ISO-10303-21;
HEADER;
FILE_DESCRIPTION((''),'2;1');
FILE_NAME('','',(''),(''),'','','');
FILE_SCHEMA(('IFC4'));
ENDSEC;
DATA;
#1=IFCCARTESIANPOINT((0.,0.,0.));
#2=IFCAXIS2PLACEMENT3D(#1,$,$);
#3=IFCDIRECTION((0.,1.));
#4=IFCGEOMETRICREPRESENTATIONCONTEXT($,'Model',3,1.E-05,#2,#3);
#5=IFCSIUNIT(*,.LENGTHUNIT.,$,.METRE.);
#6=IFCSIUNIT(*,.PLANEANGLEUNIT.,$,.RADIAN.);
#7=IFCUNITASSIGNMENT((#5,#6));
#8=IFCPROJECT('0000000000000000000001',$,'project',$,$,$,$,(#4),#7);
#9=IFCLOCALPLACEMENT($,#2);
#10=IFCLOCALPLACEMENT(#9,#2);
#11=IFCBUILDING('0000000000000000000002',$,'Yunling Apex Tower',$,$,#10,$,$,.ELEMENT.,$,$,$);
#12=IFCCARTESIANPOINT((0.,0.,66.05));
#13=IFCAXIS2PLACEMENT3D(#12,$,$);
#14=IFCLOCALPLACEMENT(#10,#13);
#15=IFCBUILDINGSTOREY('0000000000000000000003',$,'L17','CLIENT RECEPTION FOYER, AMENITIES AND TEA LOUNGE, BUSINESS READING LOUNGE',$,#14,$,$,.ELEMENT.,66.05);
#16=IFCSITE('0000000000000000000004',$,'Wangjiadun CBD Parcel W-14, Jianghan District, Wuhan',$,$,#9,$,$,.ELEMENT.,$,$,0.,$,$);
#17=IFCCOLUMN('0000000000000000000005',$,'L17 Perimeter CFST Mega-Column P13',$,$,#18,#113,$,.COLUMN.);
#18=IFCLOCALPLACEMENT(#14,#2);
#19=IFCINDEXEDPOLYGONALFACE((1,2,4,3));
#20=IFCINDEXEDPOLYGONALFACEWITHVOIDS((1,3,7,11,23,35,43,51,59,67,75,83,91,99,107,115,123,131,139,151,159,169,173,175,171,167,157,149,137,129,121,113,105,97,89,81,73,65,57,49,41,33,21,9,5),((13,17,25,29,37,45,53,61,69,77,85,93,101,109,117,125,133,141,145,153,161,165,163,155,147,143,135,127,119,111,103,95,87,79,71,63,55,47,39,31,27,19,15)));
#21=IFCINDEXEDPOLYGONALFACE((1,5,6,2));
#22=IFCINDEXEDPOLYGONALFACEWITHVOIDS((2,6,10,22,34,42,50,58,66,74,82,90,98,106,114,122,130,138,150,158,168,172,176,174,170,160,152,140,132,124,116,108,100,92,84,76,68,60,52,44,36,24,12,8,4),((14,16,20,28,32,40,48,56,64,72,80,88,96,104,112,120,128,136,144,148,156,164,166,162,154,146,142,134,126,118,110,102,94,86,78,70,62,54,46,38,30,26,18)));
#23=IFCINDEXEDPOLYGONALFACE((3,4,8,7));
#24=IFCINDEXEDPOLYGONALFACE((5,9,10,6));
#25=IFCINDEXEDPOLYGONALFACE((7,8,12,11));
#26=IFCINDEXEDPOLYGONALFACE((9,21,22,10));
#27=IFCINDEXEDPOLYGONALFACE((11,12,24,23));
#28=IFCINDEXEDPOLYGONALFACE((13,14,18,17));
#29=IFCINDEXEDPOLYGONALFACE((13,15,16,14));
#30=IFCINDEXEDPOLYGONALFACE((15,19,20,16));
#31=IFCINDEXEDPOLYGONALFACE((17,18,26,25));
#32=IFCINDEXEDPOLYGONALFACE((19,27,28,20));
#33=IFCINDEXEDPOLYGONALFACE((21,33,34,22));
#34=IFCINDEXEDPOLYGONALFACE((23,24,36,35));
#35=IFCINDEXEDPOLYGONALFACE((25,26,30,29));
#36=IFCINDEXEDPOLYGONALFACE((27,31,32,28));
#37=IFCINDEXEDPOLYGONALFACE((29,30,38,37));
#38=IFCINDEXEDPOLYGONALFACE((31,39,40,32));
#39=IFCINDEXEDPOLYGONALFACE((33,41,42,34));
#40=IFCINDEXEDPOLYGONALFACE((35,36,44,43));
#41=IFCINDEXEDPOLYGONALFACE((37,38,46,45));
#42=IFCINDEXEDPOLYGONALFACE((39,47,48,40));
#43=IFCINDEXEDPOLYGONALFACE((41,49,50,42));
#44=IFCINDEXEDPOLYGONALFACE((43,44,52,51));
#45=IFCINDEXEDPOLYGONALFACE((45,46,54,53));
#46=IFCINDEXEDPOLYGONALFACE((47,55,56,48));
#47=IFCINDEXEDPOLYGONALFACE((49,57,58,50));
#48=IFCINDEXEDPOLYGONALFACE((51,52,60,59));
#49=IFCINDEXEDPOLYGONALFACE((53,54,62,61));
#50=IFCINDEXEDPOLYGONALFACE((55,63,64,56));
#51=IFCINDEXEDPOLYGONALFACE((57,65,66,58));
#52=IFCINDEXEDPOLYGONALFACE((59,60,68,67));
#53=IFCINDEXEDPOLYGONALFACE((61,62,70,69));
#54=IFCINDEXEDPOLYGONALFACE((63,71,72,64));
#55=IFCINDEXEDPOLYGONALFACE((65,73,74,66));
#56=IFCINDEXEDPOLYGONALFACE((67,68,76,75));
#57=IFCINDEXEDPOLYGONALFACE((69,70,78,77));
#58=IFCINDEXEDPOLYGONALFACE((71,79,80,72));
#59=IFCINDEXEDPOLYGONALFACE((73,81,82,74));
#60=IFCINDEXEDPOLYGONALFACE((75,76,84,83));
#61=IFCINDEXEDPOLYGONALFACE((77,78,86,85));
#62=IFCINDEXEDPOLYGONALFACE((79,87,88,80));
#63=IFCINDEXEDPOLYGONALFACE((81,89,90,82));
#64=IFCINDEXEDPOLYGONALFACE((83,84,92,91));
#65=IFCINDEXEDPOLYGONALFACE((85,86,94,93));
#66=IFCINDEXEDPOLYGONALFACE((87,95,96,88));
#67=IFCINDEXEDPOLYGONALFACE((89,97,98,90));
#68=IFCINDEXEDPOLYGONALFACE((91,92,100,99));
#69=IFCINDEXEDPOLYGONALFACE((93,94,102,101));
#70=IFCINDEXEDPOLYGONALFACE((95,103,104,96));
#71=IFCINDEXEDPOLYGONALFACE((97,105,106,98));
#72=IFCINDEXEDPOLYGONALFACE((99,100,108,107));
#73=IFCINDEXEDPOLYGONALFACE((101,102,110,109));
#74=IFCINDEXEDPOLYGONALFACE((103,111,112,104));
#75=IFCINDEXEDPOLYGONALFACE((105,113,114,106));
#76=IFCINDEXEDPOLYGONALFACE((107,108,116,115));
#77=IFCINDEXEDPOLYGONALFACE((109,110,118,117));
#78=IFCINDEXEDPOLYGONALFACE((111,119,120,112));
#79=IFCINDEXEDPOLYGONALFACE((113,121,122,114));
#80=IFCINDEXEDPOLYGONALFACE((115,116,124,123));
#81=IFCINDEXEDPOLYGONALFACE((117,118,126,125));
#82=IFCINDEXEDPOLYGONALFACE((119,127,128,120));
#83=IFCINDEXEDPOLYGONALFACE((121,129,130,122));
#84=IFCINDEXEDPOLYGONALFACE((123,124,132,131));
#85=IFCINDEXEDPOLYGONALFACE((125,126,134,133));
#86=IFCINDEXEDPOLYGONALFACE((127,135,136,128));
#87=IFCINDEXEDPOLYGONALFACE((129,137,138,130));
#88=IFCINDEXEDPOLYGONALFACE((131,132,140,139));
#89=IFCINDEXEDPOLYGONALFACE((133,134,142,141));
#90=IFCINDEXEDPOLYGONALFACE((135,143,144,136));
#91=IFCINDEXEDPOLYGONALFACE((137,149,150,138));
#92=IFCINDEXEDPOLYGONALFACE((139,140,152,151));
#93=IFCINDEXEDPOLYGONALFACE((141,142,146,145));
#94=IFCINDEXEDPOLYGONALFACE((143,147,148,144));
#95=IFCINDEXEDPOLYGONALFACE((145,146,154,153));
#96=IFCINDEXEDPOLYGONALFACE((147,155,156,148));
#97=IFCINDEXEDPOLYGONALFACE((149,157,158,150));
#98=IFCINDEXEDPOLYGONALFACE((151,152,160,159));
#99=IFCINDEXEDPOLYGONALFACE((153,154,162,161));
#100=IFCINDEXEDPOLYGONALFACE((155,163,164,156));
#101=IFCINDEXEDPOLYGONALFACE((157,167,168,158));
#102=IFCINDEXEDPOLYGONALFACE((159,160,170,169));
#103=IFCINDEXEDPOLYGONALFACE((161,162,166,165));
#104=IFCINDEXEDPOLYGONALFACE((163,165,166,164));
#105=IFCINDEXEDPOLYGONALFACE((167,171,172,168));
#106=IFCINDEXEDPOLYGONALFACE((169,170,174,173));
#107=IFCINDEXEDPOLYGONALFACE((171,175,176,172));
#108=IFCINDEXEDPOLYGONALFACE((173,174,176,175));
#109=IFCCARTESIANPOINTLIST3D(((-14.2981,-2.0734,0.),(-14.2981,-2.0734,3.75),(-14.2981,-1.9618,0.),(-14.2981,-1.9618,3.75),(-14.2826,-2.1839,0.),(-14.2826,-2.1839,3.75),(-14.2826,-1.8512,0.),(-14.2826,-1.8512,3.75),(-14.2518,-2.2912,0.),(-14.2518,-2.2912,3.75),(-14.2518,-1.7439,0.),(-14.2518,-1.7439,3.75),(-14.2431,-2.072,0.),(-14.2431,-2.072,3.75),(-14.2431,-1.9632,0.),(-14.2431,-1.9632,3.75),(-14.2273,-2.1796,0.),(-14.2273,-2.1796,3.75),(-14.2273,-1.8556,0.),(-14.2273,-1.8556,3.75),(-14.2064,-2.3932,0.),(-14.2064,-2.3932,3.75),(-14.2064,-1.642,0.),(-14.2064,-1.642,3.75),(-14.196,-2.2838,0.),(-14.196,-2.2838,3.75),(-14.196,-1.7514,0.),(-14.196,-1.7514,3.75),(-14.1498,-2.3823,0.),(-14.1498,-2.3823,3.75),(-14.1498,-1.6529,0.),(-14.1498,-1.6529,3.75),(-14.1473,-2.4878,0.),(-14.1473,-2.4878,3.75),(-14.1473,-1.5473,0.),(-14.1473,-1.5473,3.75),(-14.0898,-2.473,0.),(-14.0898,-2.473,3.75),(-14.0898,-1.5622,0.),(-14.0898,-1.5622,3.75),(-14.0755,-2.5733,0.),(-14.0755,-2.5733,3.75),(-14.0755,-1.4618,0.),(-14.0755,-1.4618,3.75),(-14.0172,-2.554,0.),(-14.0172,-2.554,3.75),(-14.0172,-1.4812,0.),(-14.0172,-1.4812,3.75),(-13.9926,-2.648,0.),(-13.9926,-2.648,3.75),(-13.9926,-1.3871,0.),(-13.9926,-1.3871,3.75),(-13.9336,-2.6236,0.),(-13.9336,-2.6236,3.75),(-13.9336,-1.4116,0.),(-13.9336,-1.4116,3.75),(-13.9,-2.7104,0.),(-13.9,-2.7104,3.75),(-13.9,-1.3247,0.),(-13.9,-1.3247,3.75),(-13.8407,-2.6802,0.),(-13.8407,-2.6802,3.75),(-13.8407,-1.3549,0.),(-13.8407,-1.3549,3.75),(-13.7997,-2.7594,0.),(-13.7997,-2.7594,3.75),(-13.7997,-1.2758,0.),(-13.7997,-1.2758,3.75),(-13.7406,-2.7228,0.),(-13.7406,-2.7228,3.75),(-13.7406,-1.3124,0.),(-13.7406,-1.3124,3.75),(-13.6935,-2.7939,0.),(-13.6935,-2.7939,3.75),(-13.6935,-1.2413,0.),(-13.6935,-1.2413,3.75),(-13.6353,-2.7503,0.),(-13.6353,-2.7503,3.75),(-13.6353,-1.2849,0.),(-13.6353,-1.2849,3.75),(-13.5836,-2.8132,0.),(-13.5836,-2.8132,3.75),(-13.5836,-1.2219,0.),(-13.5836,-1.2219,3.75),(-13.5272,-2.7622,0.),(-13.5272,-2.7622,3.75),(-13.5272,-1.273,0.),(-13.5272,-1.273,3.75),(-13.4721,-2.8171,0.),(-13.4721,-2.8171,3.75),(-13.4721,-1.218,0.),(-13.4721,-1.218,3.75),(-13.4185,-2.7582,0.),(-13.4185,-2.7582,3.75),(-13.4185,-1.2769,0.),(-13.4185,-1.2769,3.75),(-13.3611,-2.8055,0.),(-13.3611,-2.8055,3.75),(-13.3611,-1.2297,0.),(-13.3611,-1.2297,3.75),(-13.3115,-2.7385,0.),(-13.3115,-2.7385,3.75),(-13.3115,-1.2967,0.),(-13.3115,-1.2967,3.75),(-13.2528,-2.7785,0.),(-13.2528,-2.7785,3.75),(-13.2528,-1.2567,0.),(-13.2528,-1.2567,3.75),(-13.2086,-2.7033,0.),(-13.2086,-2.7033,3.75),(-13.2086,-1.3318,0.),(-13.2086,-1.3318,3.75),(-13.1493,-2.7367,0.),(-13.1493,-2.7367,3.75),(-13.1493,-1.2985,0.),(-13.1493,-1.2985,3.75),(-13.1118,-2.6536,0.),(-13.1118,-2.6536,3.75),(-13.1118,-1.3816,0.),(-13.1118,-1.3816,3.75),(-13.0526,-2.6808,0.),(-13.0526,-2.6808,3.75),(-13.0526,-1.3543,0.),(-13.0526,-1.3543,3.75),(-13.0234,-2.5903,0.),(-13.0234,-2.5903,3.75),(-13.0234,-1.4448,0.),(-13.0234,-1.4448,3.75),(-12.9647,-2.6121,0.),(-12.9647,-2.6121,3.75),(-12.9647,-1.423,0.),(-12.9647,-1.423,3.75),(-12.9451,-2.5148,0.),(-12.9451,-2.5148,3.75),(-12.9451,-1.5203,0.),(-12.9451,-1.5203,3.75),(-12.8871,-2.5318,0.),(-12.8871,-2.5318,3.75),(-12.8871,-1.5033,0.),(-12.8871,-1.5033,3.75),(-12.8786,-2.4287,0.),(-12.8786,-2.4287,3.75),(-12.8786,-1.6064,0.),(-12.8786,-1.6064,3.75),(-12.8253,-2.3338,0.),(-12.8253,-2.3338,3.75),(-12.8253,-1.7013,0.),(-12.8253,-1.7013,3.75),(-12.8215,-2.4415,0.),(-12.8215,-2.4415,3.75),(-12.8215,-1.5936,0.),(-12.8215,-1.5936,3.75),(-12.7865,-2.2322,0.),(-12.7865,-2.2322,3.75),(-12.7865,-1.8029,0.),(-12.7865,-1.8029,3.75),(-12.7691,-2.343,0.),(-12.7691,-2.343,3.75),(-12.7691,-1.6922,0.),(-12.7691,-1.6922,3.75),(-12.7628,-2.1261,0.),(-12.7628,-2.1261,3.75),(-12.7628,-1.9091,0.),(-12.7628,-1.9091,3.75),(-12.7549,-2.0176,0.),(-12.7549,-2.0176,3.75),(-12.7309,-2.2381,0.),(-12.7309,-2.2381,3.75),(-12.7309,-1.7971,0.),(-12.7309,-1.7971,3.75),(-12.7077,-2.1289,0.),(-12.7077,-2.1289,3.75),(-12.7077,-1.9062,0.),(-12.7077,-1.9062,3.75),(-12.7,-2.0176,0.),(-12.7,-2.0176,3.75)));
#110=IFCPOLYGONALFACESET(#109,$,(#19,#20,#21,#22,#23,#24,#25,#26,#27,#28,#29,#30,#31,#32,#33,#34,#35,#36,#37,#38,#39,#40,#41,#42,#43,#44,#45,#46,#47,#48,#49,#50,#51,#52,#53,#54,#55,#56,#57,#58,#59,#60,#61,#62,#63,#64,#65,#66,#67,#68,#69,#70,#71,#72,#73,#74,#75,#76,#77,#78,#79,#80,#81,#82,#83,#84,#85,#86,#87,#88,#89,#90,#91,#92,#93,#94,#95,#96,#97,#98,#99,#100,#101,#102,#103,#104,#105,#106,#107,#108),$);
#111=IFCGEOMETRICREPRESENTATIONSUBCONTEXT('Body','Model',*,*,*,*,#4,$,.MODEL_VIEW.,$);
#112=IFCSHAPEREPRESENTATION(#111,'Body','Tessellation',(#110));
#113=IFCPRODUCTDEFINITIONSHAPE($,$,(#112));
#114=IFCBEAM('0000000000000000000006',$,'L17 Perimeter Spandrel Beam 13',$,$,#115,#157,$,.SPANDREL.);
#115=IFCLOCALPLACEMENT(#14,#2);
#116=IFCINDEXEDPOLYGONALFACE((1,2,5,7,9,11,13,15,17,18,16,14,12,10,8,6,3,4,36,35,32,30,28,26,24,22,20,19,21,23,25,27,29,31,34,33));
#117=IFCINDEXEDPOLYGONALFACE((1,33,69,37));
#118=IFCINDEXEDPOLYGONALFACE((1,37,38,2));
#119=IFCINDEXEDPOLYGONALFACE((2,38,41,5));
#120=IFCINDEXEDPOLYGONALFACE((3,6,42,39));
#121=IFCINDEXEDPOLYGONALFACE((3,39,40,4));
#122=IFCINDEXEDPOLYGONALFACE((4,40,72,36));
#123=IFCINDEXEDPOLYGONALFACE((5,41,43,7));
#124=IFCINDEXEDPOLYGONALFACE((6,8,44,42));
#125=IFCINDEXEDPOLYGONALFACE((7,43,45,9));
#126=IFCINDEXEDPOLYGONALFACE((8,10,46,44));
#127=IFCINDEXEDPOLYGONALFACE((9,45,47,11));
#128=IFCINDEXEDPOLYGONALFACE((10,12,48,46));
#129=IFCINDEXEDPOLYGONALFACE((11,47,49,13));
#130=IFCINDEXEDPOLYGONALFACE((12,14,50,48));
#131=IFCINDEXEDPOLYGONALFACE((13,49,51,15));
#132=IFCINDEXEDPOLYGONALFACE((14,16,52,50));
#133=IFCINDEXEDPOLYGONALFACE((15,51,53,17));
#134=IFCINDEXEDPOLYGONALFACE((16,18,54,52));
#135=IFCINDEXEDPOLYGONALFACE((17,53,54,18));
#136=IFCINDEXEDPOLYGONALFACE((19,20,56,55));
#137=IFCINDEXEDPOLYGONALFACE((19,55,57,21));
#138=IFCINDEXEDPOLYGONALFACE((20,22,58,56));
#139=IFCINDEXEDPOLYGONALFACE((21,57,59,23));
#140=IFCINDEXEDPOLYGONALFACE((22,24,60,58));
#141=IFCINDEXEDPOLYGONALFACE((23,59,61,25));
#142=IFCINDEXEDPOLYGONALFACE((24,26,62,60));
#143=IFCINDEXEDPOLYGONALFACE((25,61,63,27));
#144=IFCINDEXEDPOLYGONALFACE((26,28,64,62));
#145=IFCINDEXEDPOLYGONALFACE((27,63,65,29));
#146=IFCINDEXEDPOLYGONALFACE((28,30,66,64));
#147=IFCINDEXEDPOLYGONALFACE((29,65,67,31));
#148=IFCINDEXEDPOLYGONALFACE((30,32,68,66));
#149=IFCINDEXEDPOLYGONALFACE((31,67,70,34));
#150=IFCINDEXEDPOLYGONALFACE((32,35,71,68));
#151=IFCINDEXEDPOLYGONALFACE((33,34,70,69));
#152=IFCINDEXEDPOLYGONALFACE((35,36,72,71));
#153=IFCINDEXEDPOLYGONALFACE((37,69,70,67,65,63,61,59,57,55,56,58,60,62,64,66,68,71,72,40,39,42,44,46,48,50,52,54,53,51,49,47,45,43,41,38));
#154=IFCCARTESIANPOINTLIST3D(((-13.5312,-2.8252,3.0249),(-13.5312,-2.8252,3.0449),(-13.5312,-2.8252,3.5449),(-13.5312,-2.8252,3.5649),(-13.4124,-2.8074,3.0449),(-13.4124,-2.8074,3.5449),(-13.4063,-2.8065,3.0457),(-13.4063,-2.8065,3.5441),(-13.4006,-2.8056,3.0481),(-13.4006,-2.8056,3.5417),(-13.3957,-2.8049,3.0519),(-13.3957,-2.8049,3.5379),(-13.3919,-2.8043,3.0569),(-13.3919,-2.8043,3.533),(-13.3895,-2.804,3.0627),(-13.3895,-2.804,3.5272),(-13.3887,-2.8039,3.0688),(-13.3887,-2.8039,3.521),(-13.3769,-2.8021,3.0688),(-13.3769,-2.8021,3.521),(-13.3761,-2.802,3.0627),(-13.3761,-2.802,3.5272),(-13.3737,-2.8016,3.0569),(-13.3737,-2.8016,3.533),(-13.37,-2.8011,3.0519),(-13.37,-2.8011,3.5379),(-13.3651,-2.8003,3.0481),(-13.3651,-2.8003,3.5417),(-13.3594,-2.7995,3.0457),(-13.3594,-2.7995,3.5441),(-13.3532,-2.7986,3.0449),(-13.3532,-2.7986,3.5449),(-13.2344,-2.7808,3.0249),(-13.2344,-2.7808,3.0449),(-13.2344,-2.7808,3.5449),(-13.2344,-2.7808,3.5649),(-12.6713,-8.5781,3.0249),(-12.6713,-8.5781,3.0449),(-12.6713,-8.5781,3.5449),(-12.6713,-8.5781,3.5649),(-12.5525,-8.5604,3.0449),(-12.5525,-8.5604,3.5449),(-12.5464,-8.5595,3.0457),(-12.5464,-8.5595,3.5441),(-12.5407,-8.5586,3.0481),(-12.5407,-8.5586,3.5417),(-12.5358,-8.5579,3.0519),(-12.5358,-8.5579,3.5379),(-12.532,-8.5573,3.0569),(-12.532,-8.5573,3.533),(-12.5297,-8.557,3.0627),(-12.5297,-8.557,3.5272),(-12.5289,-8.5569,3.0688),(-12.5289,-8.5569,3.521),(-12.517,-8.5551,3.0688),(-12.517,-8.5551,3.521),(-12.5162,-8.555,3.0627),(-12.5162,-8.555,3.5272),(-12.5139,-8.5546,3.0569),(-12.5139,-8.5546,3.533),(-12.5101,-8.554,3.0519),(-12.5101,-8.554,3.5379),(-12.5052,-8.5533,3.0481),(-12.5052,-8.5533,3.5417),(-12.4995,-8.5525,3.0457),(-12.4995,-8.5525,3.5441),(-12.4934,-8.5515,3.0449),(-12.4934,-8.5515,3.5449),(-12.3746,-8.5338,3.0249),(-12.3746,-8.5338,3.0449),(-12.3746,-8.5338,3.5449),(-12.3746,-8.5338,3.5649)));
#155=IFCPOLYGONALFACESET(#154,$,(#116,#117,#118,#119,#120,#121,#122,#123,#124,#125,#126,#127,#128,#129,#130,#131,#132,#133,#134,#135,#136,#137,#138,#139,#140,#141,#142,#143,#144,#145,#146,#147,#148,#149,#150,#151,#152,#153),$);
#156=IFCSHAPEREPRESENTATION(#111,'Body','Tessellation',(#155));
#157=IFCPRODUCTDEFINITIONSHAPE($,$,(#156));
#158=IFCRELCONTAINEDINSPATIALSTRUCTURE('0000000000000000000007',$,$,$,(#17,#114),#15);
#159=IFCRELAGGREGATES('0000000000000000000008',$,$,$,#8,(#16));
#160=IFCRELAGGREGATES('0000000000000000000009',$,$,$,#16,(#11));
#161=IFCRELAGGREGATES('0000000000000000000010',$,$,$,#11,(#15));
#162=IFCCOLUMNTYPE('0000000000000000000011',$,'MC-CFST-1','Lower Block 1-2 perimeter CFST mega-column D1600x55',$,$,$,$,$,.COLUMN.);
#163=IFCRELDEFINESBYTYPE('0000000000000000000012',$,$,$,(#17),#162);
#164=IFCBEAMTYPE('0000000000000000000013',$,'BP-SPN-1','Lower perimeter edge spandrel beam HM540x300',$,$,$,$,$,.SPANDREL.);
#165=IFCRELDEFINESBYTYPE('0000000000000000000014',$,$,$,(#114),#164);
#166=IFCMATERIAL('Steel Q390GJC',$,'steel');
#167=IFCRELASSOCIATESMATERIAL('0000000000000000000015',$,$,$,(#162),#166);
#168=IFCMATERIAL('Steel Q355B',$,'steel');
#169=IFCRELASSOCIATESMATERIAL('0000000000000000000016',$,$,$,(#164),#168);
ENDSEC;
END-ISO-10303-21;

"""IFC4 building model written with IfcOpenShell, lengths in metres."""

from ifc_helpers import new_model, si_unit, direction, frame, origin, origin_2d, place, context, subcontext, project, spatial, hollow_circle, i_section, extrude, source, transform, mapped, material, material_profile, profile_set, type_object, element, save


model = new_model("IFC4")

# Units and contexts
model_context = context("Model", 3, precision=1e-05, world=origin(), true_north=direction((0.0, 1.0)))
body_context = subcontext(model_context, "Body", "Model", "MODEL_VIEW")
ifc_project = project(units=[si_unit("LENGTHUNIT", "METRE"), si_unit("PLANEANGLEUNIT", "RADIAN")], contexts=[model_context])

# Site, building, storey
site_placement = place(None, origin())
site = spatial("IfcSite", under=ifc_project, at=site_placement, Name="Wangjiadun CBD Parcel W-14, Jianghan District, Wuhan", CompositionType="ELEMENT", RefElevation=0.0)
building_placement = place(site_placement, origin())
building = spatial("IfcBuilding", under=site, at=building_placement, Name="Yunling Apex Tower", CompositionType="ELEMENT")
storey_placement = place(building_placement, frame((0.0, 0.0, 66.05)))
storey = spatial("IfcBuildingStorey", under=building, at=storey_placement, Name="L17", Description="CLIENT RECEPTION FOYER, AMENITIES AND TEA LOUNGE, BUSINESS READING LOUNGE", CompositionType="ELEMENT", Elevation=66.05)

# Column
ifc_material_1 = material(Name="Steel Q390GJC", Category="steel")
ifc_material_profile_1 = material_profile(ifc_material_1, hollow_circle(Radius=0.8, WallThickness=0.0549, at=origin_2d()))
ifc_profile_set_1 = profile_set([ifc_material_profile_1], Name="Steel Q390GJC")
column_type = type_object("IfcColumnType", Name="MC-CFST-1", Description="Lower Block 1-2 perimeter CFST mega-column D1600x55", PredefinedType="COLUMN", material=ifc_profile_set_1)
shared_shape_1 = source(origin(), body_context, "Body", "SweptSolid", [
    extrude(hollow_circle(Radius=0.8, WallThickness=0.0549, at=origin_2d()), origin(), (0.0, 0.0, 1.0), 3.75),
])
column_placement = place(storey_placement, frame((-13.5, -2.0176, 0.0), z_axis=(0.0, 0.0, 1.0), x_axis=(1.0, 0.0, 0.0)))
element("IfcColumn", 1, at=column_placement, inside=storey, type_object=column_type, Name="L17 Perimeter CFST Mega-Column P13", PredefinedType="COLUMN", context=body_context, shape_type="MappedRepresentation", body=[
    mapped(shared_shape_1, transform((0.0, 0.0, 0.0), scale=1.0)),
])

# Beam
ifc_material_2 = material(Name="Steel Q355B", Category="steel")
ifc_material_profile_2 = material_profile(ifc_material_2, i_section(OverallWidth=0.3, OverallDepth=0.54, WebThickness=0.012, FlangeThickness=0.02, FilletRadius=0.0239, at=origin_2d()))
ifc_profile_set_2 = profile_set([ifc_material_profile_2], Name="Steel Q355B")
beam_type_1 = type_object("IfcBeamType", Name="BP-SPN-1", Description="Lower perimeter edge spandrel beam HM540x300", PredefinedType="SPANDREL", material=ifc_profile_set_2)
shared_shape_2 = source(origin(), body_context, "Body", "SweptSolid", [
    extrude(i_section(OverallWidth=0.3, OverallDepth=0.54, WebThickness=0.012, FlangeThickness=0.02, FilletRadius=0.0239, at=origin_2d()), origin(), (0.0, 0.0, 1.0), 5.8169),
])
beam_1_placement = place(storey_placement, frame((-13.3828, -2.803, 3.2949), z_axis=(0.147823, -0.989014, 0.0), x_axis=(0.989014, 0.147823, 0.0)))
element("IfcBeam", 2, at=beam_1_placement, inside=storey, type_object=beam_type_1, Name="L17 Perimeter Spandrel Beam 13", PredefinedType="SPANDREL", context=body_context, shape_type="MappedRepresentation", body=[
    mapped(shared_shape_2, transform((0.0, 0.0, 0.0), scale=1.0)),
])

save(model, "model.ifc")
